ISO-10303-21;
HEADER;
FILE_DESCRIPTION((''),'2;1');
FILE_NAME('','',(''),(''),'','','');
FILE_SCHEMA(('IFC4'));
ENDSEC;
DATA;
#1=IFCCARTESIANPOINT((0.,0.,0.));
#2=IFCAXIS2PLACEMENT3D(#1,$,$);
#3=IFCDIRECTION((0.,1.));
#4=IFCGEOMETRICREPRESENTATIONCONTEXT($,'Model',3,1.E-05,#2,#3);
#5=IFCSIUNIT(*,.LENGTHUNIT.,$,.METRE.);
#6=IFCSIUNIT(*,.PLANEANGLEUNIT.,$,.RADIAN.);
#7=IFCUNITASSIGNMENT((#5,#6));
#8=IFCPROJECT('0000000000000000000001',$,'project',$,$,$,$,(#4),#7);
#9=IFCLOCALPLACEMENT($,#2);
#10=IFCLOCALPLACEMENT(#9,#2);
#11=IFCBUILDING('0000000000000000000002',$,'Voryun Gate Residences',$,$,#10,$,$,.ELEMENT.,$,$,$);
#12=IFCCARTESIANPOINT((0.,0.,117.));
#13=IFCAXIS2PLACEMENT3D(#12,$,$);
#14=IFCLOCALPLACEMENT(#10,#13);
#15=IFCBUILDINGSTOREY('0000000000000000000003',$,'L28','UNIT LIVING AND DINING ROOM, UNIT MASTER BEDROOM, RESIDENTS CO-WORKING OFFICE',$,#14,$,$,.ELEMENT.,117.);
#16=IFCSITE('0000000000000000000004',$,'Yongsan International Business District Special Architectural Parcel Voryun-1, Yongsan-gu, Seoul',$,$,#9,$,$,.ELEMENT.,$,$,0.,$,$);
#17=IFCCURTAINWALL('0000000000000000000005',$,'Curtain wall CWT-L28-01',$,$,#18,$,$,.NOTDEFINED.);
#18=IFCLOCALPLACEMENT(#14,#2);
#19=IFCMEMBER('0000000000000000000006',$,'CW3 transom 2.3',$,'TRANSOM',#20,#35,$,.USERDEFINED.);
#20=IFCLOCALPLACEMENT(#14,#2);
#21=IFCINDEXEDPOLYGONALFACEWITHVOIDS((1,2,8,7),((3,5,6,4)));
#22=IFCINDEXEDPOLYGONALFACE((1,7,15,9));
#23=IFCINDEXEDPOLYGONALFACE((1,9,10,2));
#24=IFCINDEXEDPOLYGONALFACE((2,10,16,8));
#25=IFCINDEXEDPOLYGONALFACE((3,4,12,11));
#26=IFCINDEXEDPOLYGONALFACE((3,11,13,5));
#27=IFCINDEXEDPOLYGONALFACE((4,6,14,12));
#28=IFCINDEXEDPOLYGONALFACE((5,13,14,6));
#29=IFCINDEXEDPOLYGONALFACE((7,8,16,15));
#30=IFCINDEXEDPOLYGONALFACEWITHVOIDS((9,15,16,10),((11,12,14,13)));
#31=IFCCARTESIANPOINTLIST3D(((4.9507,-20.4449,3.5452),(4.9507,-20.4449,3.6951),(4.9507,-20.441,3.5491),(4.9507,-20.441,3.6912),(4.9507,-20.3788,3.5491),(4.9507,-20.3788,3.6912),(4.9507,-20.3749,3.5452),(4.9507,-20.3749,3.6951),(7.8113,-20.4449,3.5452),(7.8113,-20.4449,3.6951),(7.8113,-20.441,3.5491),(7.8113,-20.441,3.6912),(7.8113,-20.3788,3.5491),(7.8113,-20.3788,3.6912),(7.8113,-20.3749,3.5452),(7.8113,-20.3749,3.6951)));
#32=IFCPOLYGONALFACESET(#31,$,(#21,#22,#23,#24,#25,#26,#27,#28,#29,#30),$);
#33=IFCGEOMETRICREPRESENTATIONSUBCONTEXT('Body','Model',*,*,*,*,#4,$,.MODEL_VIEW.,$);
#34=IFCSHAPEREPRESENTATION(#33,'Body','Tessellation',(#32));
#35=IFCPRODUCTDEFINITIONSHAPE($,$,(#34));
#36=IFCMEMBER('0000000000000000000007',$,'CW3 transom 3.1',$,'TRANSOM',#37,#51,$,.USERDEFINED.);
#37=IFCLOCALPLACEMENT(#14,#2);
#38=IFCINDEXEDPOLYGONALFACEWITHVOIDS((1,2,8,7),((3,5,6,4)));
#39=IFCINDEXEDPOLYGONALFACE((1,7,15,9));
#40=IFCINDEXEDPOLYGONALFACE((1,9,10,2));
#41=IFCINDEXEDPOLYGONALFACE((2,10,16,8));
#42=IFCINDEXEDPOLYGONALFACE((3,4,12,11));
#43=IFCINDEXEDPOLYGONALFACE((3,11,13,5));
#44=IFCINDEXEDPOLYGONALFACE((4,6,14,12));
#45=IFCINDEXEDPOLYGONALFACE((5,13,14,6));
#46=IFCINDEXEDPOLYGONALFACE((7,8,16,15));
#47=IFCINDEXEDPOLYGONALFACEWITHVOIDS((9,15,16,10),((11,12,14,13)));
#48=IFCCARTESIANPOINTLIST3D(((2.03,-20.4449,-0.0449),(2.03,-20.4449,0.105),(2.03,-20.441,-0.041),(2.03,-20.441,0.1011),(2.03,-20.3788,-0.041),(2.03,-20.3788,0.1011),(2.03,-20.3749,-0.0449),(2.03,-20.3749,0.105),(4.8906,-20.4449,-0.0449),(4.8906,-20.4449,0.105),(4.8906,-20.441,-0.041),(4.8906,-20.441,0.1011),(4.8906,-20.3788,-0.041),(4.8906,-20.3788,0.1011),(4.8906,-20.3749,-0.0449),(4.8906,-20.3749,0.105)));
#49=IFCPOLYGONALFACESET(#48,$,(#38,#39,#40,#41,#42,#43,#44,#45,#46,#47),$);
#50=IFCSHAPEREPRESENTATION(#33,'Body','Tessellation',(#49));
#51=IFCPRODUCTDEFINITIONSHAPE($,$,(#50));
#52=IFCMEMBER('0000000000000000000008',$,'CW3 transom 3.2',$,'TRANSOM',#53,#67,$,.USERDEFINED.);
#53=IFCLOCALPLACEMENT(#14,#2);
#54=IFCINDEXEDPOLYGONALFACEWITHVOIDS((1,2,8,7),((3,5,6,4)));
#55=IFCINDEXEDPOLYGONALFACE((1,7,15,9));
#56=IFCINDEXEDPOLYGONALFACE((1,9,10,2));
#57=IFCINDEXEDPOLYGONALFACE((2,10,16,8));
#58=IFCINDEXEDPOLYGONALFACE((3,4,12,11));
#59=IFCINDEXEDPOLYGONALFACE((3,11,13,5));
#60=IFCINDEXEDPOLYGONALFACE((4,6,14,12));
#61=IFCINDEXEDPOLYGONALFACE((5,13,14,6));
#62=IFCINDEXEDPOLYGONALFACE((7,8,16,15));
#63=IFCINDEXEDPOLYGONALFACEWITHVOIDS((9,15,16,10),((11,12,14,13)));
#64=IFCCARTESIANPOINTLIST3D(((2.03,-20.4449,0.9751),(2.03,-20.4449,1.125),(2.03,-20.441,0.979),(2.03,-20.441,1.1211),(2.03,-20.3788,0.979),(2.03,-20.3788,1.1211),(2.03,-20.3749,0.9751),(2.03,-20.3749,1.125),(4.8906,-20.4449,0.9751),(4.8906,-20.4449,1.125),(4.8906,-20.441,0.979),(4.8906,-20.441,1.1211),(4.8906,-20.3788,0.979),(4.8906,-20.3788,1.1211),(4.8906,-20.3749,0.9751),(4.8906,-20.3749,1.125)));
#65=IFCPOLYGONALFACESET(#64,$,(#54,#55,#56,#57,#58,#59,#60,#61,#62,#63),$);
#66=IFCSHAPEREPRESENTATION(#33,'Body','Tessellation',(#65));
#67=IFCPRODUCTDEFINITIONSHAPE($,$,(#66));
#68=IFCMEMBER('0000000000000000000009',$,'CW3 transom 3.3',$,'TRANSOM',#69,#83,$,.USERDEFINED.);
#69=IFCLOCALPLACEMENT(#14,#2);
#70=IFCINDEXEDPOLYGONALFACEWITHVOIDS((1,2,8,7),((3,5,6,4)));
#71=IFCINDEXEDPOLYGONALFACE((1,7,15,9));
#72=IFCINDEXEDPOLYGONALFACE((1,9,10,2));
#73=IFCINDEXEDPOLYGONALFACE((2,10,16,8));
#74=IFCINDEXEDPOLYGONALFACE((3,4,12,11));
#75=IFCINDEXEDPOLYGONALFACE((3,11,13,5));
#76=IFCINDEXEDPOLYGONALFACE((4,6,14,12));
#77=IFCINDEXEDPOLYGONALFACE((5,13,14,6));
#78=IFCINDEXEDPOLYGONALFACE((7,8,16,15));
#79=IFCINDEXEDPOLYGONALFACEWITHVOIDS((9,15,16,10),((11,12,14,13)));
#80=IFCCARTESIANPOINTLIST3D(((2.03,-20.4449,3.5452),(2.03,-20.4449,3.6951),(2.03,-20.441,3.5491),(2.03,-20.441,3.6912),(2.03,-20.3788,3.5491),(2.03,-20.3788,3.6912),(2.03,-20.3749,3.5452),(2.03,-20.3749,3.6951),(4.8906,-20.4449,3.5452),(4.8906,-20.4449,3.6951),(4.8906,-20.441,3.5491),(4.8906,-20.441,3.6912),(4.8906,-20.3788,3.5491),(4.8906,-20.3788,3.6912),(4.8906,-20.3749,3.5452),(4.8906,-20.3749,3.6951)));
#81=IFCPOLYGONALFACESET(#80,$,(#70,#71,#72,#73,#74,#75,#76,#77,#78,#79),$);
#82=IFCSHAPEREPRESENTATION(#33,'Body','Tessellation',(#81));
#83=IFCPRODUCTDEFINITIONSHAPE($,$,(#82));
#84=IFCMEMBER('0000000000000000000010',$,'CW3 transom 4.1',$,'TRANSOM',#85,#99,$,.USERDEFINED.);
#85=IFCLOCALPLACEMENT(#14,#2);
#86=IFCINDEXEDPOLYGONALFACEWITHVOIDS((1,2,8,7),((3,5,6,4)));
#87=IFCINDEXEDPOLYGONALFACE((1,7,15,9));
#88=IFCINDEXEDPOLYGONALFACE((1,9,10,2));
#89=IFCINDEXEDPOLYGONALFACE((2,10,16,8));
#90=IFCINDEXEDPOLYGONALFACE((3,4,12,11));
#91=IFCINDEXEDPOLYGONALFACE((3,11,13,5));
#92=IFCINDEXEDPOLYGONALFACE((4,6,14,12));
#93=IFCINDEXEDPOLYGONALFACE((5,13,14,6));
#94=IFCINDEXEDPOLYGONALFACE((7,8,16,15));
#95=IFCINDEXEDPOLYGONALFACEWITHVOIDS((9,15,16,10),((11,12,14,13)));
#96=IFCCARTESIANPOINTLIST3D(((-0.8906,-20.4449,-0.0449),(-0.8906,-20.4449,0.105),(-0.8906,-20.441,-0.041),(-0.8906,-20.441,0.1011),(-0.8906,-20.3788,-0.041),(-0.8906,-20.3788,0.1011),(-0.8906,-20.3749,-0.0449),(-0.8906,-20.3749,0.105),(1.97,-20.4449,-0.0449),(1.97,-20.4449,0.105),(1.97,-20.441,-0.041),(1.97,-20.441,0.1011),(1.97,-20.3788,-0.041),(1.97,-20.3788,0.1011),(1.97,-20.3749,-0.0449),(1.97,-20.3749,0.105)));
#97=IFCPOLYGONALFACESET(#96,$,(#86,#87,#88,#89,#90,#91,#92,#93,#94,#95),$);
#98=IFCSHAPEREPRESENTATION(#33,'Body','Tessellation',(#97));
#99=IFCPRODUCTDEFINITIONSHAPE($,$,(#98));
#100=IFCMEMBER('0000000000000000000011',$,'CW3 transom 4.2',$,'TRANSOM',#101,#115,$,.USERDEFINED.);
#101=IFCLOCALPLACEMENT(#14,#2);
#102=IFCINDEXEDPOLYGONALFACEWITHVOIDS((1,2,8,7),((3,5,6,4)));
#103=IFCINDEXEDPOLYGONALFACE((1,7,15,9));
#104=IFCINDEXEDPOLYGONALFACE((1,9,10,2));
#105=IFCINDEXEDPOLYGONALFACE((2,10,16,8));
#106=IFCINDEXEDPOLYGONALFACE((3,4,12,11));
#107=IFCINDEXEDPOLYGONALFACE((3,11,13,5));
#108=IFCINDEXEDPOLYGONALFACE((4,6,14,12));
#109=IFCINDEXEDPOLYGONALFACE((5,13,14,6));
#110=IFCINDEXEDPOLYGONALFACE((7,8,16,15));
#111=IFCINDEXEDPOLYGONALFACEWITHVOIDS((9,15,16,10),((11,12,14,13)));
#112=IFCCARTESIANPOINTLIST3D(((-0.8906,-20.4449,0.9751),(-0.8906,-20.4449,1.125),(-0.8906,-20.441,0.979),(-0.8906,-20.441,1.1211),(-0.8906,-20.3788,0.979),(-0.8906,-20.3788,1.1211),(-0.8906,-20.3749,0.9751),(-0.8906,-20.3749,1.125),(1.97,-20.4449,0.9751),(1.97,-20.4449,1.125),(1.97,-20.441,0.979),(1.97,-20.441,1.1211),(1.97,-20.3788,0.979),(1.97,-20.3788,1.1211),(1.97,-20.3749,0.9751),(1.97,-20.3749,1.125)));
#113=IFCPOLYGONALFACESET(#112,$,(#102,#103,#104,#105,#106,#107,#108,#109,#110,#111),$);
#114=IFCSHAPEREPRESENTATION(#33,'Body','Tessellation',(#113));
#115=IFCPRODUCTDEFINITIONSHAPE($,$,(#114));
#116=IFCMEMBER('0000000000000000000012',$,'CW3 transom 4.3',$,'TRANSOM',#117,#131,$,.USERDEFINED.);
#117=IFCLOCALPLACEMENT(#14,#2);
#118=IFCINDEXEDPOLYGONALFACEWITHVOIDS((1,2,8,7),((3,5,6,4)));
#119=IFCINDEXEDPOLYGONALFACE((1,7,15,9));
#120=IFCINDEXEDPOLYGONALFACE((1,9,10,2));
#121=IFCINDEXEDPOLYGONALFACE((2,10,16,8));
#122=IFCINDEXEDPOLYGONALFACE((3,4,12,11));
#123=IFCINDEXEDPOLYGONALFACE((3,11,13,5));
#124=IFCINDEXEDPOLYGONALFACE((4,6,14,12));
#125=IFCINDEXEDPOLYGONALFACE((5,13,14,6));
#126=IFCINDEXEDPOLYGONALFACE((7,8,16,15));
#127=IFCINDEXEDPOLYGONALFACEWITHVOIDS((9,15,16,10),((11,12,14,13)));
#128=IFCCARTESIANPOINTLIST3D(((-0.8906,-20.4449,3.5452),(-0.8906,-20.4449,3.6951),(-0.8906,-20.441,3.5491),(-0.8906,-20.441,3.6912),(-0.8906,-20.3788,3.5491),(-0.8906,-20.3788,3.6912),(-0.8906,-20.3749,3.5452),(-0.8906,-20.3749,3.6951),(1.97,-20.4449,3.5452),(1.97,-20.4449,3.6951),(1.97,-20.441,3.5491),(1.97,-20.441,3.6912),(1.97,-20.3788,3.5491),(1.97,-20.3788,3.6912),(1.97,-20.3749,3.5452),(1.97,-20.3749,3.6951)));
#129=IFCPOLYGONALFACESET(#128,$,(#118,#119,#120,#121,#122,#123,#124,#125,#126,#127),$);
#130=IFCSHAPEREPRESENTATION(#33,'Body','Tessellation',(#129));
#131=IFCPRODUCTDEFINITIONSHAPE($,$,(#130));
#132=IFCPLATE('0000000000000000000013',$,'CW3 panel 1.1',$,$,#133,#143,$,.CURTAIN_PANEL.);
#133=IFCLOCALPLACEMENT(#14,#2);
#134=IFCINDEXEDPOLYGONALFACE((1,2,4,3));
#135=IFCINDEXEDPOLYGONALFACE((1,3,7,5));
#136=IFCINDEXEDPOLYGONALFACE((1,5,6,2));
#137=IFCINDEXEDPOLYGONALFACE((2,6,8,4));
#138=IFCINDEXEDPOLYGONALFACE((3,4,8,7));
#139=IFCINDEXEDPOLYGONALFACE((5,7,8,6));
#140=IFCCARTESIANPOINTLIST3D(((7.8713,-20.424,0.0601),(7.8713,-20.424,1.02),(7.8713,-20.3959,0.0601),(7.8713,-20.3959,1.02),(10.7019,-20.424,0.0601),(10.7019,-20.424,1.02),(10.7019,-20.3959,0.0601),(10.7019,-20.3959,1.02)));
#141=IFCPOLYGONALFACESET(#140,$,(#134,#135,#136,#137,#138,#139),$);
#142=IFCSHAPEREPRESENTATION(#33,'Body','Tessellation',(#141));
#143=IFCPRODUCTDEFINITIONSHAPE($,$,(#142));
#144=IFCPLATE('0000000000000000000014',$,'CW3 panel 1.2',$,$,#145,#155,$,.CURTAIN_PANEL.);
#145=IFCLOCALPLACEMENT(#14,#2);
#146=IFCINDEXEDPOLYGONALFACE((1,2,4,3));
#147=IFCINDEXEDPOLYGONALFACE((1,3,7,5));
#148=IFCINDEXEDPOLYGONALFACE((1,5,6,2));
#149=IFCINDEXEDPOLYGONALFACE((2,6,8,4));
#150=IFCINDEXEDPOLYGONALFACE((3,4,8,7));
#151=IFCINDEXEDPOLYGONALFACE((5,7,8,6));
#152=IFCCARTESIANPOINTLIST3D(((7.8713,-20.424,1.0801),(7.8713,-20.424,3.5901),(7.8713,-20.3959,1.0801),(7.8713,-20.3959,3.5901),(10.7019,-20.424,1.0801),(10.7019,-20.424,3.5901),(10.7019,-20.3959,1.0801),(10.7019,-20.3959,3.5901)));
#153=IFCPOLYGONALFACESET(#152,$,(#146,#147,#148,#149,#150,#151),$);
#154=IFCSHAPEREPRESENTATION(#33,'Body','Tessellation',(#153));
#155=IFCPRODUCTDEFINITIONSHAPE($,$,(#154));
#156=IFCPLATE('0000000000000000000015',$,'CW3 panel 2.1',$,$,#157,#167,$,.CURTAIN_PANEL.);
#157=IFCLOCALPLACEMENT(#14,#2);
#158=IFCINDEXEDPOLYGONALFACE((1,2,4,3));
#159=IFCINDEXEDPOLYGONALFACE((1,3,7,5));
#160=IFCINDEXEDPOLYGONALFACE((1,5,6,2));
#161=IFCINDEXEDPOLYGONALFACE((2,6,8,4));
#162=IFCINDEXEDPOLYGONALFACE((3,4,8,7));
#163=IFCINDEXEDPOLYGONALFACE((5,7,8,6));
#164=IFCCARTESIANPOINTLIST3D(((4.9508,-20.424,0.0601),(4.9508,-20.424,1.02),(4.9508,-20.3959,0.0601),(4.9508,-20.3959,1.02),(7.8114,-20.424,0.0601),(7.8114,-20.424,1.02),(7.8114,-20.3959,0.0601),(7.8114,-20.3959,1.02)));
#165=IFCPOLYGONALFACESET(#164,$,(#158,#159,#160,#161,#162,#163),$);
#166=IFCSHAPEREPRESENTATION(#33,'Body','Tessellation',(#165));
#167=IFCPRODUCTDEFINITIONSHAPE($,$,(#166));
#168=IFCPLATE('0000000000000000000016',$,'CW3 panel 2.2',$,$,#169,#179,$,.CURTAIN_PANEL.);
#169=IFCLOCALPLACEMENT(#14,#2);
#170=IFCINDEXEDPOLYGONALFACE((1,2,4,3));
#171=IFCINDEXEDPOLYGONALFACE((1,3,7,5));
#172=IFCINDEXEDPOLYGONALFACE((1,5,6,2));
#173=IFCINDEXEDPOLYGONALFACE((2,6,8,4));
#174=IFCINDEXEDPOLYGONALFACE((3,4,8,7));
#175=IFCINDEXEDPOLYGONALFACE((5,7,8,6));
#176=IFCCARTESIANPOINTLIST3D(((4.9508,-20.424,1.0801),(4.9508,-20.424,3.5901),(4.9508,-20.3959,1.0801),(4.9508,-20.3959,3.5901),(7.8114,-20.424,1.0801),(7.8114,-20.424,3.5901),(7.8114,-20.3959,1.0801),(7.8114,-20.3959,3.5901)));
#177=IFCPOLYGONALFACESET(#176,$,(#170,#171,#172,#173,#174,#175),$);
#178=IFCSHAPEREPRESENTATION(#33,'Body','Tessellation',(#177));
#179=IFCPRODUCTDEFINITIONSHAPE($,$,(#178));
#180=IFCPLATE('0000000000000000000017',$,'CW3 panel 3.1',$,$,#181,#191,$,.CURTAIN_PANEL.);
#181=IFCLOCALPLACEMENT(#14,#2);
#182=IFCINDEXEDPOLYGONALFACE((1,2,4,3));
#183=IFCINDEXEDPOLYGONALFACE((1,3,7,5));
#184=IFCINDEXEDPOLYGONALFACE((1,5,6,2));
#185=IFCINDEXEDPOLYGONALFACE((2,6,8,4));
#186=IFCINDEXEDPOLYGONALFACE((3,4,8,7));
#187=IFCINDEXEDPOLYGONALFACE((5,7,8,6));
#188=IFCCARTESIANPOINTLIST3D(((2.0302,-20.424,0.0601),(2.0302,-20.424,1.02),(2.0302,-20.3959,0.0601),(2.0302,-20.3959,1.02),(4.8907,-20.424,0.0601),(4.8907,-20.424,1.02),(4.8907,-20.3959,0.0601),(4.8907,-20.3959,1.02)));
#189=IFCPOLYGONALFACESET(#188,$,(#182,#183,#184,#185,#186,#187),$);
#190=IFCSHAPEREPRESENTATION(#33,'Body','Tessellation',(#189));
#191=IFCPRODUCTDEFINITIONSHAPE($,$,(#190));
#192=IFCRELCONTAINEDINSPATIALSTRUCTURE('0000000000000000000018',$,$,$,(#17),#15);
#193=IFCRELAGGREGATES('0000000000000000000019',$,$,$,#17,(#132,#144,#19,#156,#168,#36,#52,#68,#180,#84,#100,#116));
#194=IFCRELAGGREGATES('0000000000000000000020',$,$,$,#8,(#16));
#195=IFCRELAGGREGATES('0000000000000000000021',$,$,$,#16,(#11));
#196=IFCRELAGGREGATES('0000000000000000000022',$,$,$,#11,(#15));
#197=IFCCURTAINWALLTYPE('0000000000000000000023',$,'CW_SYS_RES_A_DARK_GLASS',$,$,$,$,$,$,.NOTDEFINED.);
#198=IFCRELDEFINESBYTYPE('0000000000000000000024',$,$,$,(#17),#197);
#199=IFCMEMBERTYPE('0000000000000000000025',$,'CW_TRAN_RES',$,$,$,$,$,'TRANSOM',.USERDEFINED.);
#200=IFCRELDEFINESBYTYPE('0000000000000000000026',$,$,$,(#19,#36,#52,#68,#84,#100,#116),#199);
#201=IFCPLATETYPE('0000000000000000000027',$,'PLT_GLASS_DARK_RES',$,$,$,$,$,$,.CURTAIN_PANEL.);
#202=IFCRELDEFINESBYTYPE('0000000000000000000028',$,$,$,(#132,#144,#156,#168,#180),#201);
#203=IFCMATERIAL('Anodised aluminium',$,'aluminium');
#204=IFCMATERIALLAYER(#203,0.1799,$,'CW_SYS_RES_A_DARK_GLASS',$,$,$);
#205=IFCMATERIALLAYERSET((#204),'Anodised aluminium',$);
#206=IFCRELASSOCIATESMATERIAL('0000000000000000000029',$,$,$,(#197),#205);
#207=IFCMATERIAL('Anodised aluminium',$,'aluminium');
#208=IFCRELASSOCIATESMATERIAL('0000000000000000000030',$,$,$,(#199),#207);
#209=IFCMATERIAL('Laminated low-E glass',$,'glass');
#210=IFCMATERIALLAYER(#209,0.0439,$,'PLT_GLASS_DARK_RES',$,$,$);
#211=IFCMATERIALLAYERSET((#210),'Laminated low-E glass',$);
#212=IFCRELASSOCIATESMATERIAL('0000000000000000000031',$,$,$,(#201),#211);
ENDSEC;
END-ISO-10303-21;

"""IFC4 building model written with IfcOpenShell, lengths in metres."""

from ifc_helpers import new_model, si_unit, direction, frame, origin, origin_2d, place, context, subcontext, project, spatial, rectangle, hollow_rectangle, extrude, material, layer, layer_set, material_profile, profile_set, type_object, element, aggregate, save


model = new_model("IFC4")

# Units and contexts
model_context = context("Model", 3, precision=1e-05, world=origin(), true_north=direction((0.0, 1.0)))
body_context = subcontext(model_context, "Body", "Model", "MODEL_VIEW")
ifc_project = project(units=[si_unit("LENGTHUNIT", "METRE"), si_unit("PLANEANGLEUNIT", "RADIAN")], contexts=[model_context])

# Site, building, storey
site_placement = place(None, origin())
site = spatial("IfcSite", under=ifc_project, at=site_placement, Name="Yongsan International Business District Special Architectural Parcel Voryun-1, Yongsan-gu, Seoul", CompositionType="ELEMENT", RefElevation=0.0)
building_placement = place(site_placement, origin())
building = spatial("IfcBuilding", under=site, at=building_placement, Name="Voryun Gate Residences", CompositionType="ELEMENT")
storey_placement = place(building_placement, frame((0.0, 0.0, 117.0)))
storey = spatial("IfcBuildingStorey", under=building, at=storey_placement, Name="L28", Description="UNIT LIVING AND DINING ROOM, UNIT MASTER BEDROOM, RESIDENTS CO-WORKING OFFICE", CompositionType="ELEMENT", Elevation=117.0)

# Curtain wall, members, plates
ifc_material_1 = material(Name="Anodised aluminium", Category="aluminium")
ifc_layer_1 = layer(ifc_material_1, 0.1799, Name="CW_SYS_RES_A_DARK_GLASS")
ifc_layer_set_1 = layer_set([ifc_layer_1], Name="Anodised aluminium")
curtain_wall_type = type_object("IfcCurtainWallType", Name="CW_SYS_RES_A_DARK_GLASS", PredefinedType="NOTDEFINED", material=ifc_layer_set_1)
curtain_wall_placement = place(storey_placement, origin())
curtain_wall = element("IfcCurtainWall", 1, at=curtain_wall_placement, inside=storey, type_object=curtain_wall_type, Name="Curtain wall CWT-L28-01", PredefinedType="NOTDEFINED")
ifc_material_2 = material(Name="Anodised aluminium", Category="aluminium")
ifc_material_profile_1 = material_profile(ifc_material_2, hollow_rectangle(XDim=0.0701, YDim=0.1499, WallThickness=0.0039, at=origin_2d()), Name="ALU-TRAN-150x70x4")
ifc_profile_set_1 = profile_set([ifc_material_profile_1], Name="Anodised aluminium")
member_type_1 = type_object("IfcMemberType", Name="CW_TRAN_RES", ElementType="TRANSOM", PredefinedType="USERDEFINED", material=ifc_profile_set_1)
member_1_placement = place(storey_placement, frame((7.8113, -20.4099, 3.6201), z_axis=(-1.0, 0.0, 0.0), x_axis=(0.0, -1.0, 0.0)))
member_1 = element("IfcMember", 2, at=member_1_placement, type_object=member_type_1, Name="CW3 transom 2.3", ObjectType="TRANSOM", PredefinedType="USERDEFINED", context=body_context, shape_type="SweptSolid", body=[
    extrude(hollow_rectangle(XDim=0.0701, YDim=0.1499, WallThickness=0.0039, at=origin_2d()), origin(), (0.0, 0.0, 1.0), 2.8606),
])
member_2_placement = place(storey_placement, frame((4.8906, -20.4099, 0.03), z_axis=(-1.0, 0.0, 0.0), x_axis=(0.0, -1.0, 0.0)))
member_2 = element("IfcMember", 3, at=member_2_placement, type_object=member_type_1, Name="CW3 transom 3.1", ObjectType="TRANSOM", PredefinedType="USERDEFINED", context=body_context, shape_type="SweptSolid", body=[
    extrude(hollow_rectangle(XDim=0.0701, YDim=0.1499, WallThickness=0.0039, at=origin_2d()), origin(), (0.0, 0.0, 1.0), 2.8606),
])
member_3_placement = place(storey_placement, frame((4.8906, -20.4099, 1.05), z_axis=(-1.0, 0.0, 0.0), x_axis=(0.0, -1.0, 0.0)))
member_3 = element("IfcMember", 4, at=member_3_placement, type_object=member_type_1, Name="CW3 transom 3.2", ObjectType="TRANSOM", PredefinedType="USERDEFINED", context=body_context, shape_type="SweptSolid", body=[
    extrude(hollow_rectangle(XDim=0.0701, YDim=0.1499, WallThickness=0.0039, at=origin_2d()), origin(), (0.0, 0.0, 1.0), 2.8606),
])
member_4_placement = place(storey_placement, frame((4.8906, -20.4099, 3.6201), z_axis=(-1.0, 0.0, 0.0), x_axis=(0.0, -1.0, 0.0)))
member_4 = element("IfcMember", 5, at=member_4_placement, type_object=member_type_1, Name="CW3 transom 3.3", ObjectType="TRANSOM", PredefinedType="USERDEFINED", context=body_context, shape_type="SweptSolid", body=[
    extrude(hollow_rectangle(XDim=0.0701, YDim=0.1499, WallThickness=0.0039, at=origin_2d()), origin(), (0.0, 0.0, 1.0), 2.8606),
])
member_5_placement = place(storey_placement, frame((1.97, -20.4099, 0.03), z_axis=(-1.0, 0.0, 0.0), x_axis=(0.0, -1.0, 0.0)))
member_5 = element("IfcMember", 6, at=member_5_placement, type_object=member_type_1, Name="CW3 transom 4.1", ObjectType="TRANSOM", PredefinedType="USERDEFINED", context=body_context, shape_type="SweptSolid", body=[
    extrude(hollow_rectangle(XDim=0.0701, YDim=0.1499, WallThickness=0.0039, at=origin_2d()), origin(), (0.0, 0.0, 1.0), 2.8606),
])
member_6_placement = place(storey_placement, frame((1.97, -20.4099, 1.05), z_axis=(-1.0, 0.0, 0.0), x_axis=(0.0, -1.0, 0.0)))
member_6 = element("IfcMember", 7, at=member_6_placement, type_object=member_type_1, Name="CW3 transom 4.2", ObjectType="TRANSOM", PredefinedType="USERDEFINED", context=body_context, shape_type="SweptSolid", body=[
    extrude(hollow_rectangle(XDim=0.0701, YDim=0.1499, WallThickness=0.0039, at=origin_2d()), origin(), (0.0, 0.0, 1.0), 2.8606),
])
member_7_placement = place(storey_placement, frame((1.97, -20.4099, 3.6201), z_axis=(-1.0, 0.0, 0.0), x_axis=(0.0, -1.0, 0.0)))
member_7 = element("IfcMember", 8, at=member_7_placement, type_object=member_type_1, Name="CW3 transom 4.3", ObjectType="TRANSOM", PredefinedType="USERDEFINED", context=body_context, shape_type="SweptSolid", body=[
    extrude(hollow_rectangle(XDim=0.0701, YDim=0.1499, WallThickness=0.0039, at=origin_2d()), origin(), (0.0, 0.0, 1.0), 2.8606),
])
ifc_material_3 = material(Name="Laminated low-E glass", Category="glass")
ifc_layer_2 = layer(ifc_material_3, 0.0439, Name="PLT_GLASS_DARK_RES")
ifc_layer_set_2 = layer_set([ifc_layer_2], Name="Laminated low-E glass")
plate_type = type_object("IfcPlateType", Name="PLT_GLASS_DARK_RES", PredefinedType="CURTAIN_PANEL", material=ifc_layer_set_2)
plate_1_placement = place(storey_placement, frame((9.2866, -20.4099, 0.0601), z_axis=(0.0, 0.0, 1.0), x_axis=(-1.0, 0.0, 0.0)))
plate_1 = element("IfcPlate", 9, at=plate_1_placement, type_object=plate_type, Name="CW3 panel 1.1", PredefinedType="CURTAIN_PANEL", context=body_context, shape_type="SweptSolid", body=[
    extrude(rectangle(XDim=2.8306, YDim=0.0281, at=origin_2d()), origin(), (0.0, 0.0, 1.0), 0.96),
])
plate_2_placement = place(storey_placement, frame((9.2866, -20.4099, 1.0801), z_axis=(0.0, 0.0, 1.0), x_axis=(-1.0, 0.0, 0.0)))
plate_2 = element("IfcPlate", 10, at=plate_2_placement, type_object=plate_type, Name="CW3 panel 1.2", PredefinedType="CURTAIN_PANEL", context=body_context, shape_type="SweptSolid", body=[
    extrude(rectangle(XDim=2.8306, YDim=0.0281, at=origin_2d()), origin(), (0.0, 0.0, 1.0), 2.51),
])
plate_3_placement = place(storey_placement, frame((6.3811, -20.4099, 0.0601), z_axis=(0.0, 0.0, 1.0), x_axis=(-1.0, 0.0, 0.0)))
plate_3 = element("IfcPlate", 11, at=plate_3_placement, type_object=plate_type, Name="CW3 panel 2.1", PredefinedType="CURTAIN_PANEL", context=body_context, shape_type="SweptSolid", body=[
    extrude(rectangle(XDim=2.8606, YDim=0.0281, at=origin_2d()), origin(), (0.0, 0.0, 1.0), 0.96),
])
plate_4_placement = place(storey_placement, frame((6.3811, -20.4099, 1.0801), z_axis=(0.0, 0.0, 1.0), x_axis=(-1.0, 0.0, 0.0)))
plate_4 = element("IfcPlate", 12, at=plate_4_placement, type_object=plate_type, Name="CW3 panel 2.2", PredefinedType="CURTAIN_PANEL", context=body_context, shape_type="SweptSolid", body=[
    extrude(rectangle(XDim=2.8606, YDim=0.0281, at=origin_2d()), origin(), (0.0, 0.0, 1.0), 2.51),
])
plate_5_placement = place(storey_placement, frame((3.4604, -20.4099, 0.0601), z_axis=(0.0, 0.0, 1.0), x_axis=(-1.0, 0.0, 0.0)))
plate_5 = element("IfcPlate", 13, at=plate_5_placement, type_object=plate_type, Name="CW3 panel 3.1", PredefinedType="CURTAIN_PANEL", context=body_context, shape_type="SweptSolid", body=[
    extrude(rectangle(XDim=2.8606, YDim=0.0281, at=origin_2d()), origin(), (0.0, 0.0, 1.0), 0.96),
])
aggregate(curtain_wall, [plate_1, plate_2, member_1, plate_3, plate_4, member_2, member_3, member_4, plate_5, member_5, member_6, member_7])

save(model, "model.ifc")
